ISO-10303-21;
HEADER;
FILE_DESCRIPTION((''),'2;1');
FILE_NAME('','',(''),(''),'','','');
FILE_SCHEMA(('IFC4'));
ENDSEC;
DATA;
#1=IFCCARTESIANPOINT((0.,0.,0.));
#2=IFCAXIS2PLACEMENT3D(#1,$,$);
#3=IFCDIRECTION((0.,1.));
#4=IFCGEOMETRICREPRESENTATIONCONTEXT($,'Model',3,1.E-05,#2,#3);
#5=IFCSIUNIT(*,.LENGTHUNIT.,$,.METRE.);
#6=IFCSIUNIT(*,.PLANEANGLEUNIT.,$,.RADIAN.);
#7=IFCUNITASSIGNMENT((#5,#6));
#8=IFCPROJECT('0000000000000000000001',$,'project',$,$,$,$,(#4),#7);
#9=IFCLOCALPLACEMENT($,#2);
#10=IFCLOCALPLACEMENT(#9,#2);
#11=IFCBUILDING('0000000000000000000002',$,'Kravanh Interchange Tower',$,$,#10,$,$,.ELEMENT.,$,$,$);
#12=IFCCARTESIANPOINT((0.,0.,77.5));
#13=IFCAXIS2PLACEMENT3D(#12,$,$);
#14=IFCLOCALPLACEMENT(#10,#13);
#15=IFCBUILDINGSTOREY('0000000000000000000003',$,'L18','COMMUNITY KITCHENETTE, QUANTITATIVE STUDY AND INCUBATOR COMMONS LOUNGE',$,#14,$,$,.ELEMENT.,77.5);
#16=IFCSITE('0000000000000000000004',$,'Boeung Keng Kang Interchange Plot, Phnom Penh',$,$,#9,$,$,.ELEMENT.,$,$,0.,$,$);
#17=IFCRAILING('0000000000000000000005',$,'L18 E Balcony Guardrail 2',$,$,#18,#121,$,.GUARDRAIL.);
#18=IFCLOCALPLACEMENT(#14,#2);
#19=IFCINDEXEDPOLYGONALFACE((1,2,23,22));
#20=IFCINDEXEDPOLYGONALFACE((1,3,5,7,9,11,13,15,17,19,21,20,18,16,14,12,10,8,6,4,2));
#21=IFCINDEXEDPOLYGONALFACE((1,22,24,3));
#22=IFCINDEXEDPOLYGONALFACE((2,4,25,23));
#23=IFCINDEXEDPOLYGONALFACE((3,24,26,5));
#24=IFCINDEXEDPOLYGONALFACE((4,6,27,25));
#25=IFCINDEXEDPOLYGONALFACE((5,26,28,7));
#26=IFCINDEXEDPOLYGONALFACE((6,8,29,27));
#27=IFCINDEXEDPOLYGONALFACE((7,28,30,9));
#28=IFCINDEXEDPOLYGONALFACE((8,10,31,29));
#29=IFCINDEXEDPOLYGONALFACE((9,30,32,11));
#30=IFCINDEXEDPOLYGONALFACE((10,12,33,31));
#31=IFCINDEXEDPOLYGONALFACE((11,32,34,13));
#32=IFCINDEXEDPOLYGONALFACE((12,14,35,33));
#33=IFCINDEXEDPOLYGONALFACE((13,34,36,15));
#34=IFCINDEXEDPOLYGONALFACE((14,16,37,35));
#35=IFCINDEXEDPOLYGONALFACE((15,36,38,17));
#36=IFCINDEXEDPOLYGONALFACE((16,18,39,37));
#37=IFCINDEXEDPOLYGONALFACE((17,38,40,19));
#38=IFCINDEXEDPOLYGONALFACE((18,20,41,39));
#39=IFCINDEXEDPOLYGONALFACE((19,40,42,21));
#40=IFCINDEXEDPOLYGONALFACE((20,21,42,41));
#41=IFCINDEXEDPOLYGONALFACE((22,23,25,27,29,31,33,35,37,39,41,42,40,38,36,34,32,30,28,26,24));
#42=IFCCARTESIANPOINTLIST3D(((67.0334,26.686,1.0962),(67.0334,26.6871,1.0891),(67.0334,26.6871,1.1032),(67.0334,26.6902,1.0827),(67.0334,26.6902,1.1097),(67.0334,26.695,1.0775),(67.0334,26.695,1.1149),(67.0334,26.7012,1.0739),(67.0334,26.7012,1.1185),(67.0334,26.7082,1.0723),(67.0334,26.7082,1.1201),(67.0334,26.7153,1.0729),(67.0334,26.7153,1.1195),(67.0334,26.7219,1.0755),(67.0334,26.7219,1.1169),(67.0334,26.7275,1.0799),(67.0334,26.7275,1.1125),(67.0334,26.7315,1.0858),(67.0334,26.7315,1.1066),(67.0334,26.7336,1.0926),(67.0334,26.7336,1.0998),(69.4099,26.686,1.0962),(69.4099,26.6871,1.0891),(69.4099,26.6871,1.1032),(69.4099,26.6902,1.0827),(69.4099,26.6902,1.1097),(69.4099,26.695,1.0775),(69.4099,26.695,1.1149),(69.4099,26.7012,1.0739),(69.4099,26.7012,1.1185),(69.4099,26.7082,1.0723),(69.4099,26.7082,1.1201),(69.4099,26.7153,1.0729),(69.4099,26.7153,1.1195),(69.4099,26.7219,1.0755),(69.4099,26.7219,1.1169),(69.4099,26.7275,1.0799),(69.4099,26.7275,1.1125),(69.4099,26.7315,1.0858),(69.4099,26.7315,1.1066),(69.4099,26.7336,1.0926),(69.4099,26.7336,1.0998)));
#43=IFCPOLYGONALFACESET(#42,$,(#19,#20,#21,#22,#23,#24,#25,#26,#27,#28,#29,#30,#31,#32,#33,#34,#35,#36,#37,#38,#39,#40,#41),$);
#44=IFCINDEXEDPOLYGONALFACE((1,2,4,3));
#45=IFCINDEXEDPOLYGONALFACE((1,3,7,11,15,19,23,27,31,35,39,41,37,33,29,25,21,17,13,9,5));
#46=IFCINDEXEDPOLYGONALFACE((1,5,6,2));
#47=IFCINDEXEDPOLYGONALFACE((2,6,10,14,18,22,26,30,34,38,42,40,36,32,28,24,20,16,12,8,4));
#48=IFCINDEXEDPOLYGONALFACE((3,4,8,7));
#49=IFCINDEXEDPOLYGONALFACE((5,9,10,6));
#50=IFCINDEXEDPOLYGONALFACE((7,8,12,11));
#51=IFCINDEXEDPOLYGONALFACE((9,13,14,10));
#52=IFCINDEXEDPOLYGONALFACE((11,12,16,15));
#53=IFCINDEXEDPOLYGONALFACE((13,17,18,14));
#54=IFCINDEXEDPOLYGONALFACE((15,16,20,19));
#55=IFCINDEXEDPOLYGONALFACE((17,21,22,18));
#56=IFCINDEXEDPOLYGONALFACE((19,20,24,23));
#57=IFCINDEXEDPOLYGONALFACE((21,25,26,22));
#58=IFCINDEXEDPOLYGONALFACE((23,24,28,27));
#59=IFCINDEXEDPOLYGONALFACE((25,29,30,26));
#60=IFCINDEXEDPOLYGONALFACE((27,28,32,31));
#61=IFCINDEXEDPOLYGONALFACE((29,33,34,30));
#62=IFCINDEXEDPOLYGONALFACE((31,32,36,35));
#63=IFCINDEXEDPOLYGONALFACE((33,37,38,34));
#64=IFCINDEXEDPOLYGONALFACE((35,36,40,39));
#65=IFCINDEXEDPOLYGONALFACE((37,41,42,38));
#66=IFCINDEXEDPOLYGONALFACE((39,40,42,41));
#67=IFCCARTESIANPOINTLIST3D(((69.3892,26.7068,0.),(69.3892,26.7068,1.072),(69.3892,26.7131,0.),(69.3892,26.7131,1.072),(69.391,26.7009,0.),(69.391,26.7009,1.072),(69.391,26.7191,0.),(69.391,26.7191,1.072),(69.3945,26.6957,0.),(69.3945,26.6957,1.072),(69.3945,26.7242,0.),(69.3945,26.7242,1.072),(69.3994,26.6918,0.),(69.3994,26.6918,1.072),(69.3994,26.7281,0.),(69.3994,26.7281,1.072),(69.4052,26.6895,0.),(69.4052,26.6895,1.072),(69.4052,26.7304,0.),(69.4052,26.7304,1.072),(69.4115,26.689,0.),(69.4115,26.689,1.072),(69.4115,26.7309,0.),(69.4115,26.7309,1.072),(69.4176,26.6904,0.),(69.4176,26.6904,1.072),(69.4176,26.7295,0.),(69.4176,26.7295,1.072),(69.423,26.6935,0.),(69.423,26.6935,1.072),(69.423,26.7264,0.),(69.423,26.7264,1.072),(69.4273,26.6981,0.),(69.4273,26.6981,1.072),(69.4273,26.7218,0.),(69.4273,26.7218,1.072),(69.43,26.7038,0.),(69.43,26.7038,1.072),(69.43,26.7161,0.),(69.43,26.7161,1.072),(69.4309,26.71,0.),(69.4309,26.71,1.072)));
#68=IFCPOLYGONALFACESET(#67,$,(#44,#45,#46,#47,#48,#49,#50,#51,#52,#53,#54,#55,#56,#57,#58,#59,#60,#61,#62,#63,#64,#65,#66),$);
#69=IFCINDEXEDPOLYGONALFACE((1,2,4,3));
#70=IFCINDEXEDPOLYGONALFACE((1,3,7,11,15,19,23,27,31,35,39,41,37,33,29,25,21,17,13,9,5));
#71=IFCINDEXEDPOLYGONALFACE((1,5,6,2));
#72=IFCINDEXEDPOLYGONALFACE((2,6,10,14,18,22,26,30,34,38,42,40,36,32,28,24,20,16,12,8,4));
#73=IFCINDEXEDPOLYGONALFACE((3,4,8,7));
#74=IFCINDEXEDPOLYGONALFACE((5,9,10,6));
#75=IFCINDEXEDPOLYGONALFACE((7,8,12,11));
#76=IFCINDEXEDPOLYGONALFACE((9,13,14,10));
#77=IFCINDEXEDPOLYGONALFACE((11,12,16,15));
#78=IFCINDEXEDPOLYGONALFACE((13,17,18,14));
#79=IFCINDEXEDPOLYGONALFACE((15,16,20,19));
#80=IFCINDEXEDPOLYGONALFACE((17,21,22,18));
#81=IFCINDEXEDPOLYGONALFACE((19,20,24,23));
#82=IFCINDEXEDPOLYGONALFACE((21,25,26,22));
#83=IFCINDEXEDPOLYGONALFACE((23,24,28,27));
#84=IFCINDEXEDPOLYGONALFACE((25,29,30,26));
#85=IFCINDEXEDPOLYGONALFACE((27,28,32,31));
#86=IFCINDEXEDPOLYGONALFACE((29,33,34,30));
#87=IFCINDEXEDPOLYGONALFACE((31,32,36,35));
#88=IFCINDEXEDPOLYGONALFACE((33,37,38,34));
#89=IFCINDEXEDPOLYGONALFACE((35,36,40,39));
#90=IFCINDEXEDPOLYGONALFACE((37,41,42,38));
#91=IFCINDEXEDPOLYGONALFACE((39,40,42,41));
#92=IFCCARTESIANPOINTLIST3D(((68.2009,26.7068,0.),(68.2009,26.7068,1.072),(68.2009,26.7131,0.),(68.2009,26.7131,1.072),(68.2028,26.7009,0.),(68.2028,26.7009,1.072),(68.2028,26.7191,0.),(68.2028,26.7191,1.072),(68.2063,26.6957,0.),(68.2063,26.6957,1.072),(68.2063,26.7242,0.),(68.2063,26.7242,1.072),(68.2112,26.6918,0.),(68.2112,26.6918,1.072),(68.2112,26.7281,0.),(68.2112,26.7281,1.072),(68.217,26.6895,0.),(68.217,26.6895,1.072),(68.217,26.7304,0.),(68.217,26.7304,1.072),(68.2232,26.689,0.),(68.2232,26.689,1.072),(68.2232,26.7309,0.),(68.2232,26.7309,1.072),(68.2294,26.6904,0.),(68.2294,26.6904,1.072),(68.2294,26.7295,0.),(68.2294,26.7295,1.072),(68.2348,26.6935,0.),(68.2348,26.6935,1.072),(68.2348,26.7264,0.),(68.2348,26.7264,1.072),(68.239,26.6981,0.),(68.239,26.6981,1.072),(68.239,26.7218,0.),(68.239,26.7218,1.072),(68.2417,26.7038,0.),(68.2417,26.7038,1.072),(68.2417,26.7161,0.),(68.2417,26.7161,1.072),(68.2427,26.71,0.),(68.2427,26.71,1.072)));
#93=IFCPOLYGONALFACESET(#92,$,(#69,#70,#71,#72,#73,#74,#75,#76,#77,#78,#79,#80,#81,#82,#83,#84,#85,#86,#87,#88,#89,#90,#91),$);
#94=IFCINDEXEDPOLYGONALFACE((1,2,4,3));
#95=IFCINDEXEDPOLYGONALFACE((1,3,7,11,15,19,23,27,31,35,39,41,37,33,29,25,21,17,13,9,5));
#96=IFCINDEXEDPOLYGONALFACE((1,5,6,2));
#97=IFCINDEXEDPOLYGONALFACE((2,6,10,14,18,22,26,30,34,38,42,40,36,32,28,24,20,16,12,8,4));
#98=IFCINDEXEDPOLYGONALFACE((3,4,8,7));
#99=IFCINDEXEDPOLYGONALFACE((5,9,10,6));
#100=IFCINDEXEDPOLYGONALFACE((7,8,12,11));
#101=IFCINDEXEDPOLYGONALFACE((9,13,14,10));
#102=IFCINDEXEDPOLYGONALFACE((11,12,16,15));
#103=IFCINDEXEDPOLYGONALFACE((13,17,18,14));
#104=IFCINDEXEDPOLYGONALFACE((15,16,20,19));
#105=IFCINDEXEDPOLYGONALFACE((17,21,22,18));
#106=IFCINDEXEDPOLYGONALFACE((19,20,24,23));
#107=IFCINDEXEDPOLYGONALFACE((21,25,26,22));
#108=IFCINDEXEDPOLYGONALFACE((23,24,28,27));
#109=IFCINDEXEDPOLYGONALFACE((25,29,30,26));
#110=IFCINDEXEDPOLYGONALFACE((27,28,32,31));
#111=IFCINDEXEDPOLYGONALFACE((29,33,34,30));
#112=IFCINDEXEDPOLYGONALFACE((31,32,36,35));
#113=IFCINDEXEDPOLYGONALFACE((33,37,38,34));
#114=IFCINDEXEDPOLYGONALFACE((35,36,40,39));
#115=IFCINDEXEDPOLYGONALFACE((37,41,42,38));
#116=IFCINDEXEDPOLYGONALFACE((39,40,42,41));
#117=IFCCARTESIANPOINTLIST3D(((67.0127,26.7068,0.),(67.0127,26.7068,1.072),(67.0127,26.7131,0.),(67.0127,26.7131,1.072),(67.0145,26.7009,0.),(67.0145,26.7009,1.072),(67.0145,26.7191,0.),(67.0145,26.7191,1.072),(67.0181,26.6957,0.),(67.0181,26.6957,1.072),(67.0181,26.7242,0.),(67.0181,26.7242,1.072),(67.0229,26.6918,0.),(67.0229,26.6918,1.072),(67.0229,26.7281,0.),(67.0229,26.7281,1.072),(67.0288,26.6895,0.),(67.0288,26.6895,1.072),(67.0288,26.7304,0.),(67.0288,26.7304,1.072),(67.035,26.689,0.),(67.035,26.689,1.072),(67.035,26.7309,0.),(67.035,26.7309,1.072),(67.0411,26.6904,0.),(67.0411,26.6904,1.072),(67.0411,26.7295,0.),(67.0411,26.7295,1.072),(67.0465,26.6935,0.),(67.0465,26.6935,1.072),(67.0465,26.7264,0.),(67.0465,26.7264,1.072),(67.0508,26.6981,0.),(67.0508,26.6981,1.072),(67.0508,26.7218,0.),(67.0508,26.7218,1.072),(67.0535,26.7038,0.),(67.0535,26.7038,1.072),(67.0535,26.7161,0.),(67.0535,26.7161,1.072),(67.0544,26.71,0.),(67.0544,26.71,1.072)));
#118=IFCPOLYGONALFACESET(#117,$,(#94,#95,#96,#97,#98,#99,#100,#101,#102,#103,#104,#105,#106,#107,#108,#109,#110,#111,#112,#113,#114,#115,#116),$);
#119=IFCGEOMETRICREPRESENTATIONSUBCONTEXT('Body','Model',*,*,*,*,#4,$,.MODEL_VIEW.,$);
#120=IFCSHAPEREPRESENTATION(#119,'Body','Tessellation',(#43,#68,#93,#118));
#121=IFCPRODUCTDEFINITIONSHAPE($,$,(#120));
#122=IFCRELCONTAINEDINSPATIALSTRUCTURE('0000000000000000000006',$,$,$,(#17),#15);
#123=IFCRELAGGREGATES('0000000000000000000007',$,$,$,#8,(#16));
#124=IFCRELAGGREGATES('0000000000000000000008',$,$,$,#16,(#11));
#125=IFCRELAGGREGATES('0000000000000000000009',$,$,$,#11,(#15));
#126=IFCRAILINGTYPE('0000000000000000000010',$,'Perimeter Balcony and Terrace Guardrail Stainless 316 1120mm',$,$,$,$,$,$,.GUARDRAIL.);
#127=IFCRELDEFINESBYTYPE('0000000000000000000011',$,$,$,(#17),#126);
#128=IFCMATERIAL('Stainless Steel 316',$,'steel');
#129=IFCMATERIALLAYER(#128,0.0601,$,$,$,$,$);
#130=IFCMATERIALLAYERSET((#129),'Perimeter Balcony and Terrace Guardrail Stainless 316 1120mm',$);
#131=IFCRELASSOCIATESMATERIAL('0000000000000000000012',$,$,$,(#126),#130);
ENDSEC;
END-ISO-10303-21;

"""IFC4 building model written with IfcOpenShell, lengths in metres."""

from ifc_helpers import new_model, si_unit, direction, frame, origin, origin_2d, place, context, subcontext, project, spatial, circle, extrude, material, layer, layer_set, type_object, element, save


model = new_model("IFC4")

# Units and contexts
model_context = context("Model", 3, precision=1e-05, world=origin(), true_north=direction((0.0, 1.0)))
body_context = subcontext(model_context, "Body", "Model", "MODEL_VIEW")
ifc_project = project(units=[si_unit("LENGTHUNIT", "METRE"), si_unit("PLANEANGLEUNIT", "RADIAN")], contexts=[model_context])

# Site, building, storey
site_placement = place(None, origin())
site = spatial("IfcSite", under=ifc_project, at=site_placement, Name="Boeung Keng Kang Interchange Plot, Phnom Penh", CompositionType="ELEMENT", RefElevation=0.0)
building_placement = place(site_placement, origin())
building = spatial("IfcBuilding", under=site, at=building_placement, Name="Kravanh Interchange Tower", CompositionType="ELEMENT")
storey_placement = place(building_placement, frame((0.0, 0.0, 77.5)))
storey = spatial("IfcBuildingStorey", under=building, at=storey_placement, Name="L18", Description="COMMUNITY KITCHENETTE, QUANTITATIVE STUDY AND INCUBATOR COMMONS LOUNGE", CompositionType="ELEMENT", Elevation=77.5)

# Railing
ifc_material_1 = material(Name="Stainless Steel 316", Category="steel")
ifc_layer_1 = layer(ifc_material_1, 0.0601)
ifc_layer_set_1 = layer_set([ifc_layer_1], Name="Perimeter Balcony and Terrace Guardrail Stainless 316 1120mm")
railing_type = type_object("IfcRailingType", Name="Perimeter Balcony and Terrace Guardrail Stainless 316 1120mm", PredefinedType="GUARDRAIL", material=ifc_layer_set_1)
railing_placement = place(storey_placement, frame((69.4099, 26.71, 0.0)))
element("IfcRailing", 1, at=railing_placement, inside=storey, type_object=railing_type, Name="L18 E Balcony Guardrail 2", PredefinedType="GUARDRAIL", context=body_context, shape_type="SweptSolid", body=[
    extrude(circle(Radius=0.0239, at=origin_2d()), frame((0.0, 0.0, 1.0962), z_axis=(-1.0, 0.0, 0.0), x_axis=(0.0, -1.0, 0.0)), (0.0, 0.0, 1.0), 2.3765),
    extrude(circle(Radius=0.021, at=origin_2d()), origin(), (0.0, 0.0, 1.0), 1.072),
    extrude(circle(Radius=0.021, at=origin_2d()), frame((-1.1882, 0.0, 0.0)), (0.0, 0.0, 1.0), 1.072),
    extrude(circle(Radius=0.021, at=origin_2d()), frame((-2.3765, 0.0, 0.0)), (0.0, 0.0, 1.0), 1.072),
])

save(model, "model.ifc")
